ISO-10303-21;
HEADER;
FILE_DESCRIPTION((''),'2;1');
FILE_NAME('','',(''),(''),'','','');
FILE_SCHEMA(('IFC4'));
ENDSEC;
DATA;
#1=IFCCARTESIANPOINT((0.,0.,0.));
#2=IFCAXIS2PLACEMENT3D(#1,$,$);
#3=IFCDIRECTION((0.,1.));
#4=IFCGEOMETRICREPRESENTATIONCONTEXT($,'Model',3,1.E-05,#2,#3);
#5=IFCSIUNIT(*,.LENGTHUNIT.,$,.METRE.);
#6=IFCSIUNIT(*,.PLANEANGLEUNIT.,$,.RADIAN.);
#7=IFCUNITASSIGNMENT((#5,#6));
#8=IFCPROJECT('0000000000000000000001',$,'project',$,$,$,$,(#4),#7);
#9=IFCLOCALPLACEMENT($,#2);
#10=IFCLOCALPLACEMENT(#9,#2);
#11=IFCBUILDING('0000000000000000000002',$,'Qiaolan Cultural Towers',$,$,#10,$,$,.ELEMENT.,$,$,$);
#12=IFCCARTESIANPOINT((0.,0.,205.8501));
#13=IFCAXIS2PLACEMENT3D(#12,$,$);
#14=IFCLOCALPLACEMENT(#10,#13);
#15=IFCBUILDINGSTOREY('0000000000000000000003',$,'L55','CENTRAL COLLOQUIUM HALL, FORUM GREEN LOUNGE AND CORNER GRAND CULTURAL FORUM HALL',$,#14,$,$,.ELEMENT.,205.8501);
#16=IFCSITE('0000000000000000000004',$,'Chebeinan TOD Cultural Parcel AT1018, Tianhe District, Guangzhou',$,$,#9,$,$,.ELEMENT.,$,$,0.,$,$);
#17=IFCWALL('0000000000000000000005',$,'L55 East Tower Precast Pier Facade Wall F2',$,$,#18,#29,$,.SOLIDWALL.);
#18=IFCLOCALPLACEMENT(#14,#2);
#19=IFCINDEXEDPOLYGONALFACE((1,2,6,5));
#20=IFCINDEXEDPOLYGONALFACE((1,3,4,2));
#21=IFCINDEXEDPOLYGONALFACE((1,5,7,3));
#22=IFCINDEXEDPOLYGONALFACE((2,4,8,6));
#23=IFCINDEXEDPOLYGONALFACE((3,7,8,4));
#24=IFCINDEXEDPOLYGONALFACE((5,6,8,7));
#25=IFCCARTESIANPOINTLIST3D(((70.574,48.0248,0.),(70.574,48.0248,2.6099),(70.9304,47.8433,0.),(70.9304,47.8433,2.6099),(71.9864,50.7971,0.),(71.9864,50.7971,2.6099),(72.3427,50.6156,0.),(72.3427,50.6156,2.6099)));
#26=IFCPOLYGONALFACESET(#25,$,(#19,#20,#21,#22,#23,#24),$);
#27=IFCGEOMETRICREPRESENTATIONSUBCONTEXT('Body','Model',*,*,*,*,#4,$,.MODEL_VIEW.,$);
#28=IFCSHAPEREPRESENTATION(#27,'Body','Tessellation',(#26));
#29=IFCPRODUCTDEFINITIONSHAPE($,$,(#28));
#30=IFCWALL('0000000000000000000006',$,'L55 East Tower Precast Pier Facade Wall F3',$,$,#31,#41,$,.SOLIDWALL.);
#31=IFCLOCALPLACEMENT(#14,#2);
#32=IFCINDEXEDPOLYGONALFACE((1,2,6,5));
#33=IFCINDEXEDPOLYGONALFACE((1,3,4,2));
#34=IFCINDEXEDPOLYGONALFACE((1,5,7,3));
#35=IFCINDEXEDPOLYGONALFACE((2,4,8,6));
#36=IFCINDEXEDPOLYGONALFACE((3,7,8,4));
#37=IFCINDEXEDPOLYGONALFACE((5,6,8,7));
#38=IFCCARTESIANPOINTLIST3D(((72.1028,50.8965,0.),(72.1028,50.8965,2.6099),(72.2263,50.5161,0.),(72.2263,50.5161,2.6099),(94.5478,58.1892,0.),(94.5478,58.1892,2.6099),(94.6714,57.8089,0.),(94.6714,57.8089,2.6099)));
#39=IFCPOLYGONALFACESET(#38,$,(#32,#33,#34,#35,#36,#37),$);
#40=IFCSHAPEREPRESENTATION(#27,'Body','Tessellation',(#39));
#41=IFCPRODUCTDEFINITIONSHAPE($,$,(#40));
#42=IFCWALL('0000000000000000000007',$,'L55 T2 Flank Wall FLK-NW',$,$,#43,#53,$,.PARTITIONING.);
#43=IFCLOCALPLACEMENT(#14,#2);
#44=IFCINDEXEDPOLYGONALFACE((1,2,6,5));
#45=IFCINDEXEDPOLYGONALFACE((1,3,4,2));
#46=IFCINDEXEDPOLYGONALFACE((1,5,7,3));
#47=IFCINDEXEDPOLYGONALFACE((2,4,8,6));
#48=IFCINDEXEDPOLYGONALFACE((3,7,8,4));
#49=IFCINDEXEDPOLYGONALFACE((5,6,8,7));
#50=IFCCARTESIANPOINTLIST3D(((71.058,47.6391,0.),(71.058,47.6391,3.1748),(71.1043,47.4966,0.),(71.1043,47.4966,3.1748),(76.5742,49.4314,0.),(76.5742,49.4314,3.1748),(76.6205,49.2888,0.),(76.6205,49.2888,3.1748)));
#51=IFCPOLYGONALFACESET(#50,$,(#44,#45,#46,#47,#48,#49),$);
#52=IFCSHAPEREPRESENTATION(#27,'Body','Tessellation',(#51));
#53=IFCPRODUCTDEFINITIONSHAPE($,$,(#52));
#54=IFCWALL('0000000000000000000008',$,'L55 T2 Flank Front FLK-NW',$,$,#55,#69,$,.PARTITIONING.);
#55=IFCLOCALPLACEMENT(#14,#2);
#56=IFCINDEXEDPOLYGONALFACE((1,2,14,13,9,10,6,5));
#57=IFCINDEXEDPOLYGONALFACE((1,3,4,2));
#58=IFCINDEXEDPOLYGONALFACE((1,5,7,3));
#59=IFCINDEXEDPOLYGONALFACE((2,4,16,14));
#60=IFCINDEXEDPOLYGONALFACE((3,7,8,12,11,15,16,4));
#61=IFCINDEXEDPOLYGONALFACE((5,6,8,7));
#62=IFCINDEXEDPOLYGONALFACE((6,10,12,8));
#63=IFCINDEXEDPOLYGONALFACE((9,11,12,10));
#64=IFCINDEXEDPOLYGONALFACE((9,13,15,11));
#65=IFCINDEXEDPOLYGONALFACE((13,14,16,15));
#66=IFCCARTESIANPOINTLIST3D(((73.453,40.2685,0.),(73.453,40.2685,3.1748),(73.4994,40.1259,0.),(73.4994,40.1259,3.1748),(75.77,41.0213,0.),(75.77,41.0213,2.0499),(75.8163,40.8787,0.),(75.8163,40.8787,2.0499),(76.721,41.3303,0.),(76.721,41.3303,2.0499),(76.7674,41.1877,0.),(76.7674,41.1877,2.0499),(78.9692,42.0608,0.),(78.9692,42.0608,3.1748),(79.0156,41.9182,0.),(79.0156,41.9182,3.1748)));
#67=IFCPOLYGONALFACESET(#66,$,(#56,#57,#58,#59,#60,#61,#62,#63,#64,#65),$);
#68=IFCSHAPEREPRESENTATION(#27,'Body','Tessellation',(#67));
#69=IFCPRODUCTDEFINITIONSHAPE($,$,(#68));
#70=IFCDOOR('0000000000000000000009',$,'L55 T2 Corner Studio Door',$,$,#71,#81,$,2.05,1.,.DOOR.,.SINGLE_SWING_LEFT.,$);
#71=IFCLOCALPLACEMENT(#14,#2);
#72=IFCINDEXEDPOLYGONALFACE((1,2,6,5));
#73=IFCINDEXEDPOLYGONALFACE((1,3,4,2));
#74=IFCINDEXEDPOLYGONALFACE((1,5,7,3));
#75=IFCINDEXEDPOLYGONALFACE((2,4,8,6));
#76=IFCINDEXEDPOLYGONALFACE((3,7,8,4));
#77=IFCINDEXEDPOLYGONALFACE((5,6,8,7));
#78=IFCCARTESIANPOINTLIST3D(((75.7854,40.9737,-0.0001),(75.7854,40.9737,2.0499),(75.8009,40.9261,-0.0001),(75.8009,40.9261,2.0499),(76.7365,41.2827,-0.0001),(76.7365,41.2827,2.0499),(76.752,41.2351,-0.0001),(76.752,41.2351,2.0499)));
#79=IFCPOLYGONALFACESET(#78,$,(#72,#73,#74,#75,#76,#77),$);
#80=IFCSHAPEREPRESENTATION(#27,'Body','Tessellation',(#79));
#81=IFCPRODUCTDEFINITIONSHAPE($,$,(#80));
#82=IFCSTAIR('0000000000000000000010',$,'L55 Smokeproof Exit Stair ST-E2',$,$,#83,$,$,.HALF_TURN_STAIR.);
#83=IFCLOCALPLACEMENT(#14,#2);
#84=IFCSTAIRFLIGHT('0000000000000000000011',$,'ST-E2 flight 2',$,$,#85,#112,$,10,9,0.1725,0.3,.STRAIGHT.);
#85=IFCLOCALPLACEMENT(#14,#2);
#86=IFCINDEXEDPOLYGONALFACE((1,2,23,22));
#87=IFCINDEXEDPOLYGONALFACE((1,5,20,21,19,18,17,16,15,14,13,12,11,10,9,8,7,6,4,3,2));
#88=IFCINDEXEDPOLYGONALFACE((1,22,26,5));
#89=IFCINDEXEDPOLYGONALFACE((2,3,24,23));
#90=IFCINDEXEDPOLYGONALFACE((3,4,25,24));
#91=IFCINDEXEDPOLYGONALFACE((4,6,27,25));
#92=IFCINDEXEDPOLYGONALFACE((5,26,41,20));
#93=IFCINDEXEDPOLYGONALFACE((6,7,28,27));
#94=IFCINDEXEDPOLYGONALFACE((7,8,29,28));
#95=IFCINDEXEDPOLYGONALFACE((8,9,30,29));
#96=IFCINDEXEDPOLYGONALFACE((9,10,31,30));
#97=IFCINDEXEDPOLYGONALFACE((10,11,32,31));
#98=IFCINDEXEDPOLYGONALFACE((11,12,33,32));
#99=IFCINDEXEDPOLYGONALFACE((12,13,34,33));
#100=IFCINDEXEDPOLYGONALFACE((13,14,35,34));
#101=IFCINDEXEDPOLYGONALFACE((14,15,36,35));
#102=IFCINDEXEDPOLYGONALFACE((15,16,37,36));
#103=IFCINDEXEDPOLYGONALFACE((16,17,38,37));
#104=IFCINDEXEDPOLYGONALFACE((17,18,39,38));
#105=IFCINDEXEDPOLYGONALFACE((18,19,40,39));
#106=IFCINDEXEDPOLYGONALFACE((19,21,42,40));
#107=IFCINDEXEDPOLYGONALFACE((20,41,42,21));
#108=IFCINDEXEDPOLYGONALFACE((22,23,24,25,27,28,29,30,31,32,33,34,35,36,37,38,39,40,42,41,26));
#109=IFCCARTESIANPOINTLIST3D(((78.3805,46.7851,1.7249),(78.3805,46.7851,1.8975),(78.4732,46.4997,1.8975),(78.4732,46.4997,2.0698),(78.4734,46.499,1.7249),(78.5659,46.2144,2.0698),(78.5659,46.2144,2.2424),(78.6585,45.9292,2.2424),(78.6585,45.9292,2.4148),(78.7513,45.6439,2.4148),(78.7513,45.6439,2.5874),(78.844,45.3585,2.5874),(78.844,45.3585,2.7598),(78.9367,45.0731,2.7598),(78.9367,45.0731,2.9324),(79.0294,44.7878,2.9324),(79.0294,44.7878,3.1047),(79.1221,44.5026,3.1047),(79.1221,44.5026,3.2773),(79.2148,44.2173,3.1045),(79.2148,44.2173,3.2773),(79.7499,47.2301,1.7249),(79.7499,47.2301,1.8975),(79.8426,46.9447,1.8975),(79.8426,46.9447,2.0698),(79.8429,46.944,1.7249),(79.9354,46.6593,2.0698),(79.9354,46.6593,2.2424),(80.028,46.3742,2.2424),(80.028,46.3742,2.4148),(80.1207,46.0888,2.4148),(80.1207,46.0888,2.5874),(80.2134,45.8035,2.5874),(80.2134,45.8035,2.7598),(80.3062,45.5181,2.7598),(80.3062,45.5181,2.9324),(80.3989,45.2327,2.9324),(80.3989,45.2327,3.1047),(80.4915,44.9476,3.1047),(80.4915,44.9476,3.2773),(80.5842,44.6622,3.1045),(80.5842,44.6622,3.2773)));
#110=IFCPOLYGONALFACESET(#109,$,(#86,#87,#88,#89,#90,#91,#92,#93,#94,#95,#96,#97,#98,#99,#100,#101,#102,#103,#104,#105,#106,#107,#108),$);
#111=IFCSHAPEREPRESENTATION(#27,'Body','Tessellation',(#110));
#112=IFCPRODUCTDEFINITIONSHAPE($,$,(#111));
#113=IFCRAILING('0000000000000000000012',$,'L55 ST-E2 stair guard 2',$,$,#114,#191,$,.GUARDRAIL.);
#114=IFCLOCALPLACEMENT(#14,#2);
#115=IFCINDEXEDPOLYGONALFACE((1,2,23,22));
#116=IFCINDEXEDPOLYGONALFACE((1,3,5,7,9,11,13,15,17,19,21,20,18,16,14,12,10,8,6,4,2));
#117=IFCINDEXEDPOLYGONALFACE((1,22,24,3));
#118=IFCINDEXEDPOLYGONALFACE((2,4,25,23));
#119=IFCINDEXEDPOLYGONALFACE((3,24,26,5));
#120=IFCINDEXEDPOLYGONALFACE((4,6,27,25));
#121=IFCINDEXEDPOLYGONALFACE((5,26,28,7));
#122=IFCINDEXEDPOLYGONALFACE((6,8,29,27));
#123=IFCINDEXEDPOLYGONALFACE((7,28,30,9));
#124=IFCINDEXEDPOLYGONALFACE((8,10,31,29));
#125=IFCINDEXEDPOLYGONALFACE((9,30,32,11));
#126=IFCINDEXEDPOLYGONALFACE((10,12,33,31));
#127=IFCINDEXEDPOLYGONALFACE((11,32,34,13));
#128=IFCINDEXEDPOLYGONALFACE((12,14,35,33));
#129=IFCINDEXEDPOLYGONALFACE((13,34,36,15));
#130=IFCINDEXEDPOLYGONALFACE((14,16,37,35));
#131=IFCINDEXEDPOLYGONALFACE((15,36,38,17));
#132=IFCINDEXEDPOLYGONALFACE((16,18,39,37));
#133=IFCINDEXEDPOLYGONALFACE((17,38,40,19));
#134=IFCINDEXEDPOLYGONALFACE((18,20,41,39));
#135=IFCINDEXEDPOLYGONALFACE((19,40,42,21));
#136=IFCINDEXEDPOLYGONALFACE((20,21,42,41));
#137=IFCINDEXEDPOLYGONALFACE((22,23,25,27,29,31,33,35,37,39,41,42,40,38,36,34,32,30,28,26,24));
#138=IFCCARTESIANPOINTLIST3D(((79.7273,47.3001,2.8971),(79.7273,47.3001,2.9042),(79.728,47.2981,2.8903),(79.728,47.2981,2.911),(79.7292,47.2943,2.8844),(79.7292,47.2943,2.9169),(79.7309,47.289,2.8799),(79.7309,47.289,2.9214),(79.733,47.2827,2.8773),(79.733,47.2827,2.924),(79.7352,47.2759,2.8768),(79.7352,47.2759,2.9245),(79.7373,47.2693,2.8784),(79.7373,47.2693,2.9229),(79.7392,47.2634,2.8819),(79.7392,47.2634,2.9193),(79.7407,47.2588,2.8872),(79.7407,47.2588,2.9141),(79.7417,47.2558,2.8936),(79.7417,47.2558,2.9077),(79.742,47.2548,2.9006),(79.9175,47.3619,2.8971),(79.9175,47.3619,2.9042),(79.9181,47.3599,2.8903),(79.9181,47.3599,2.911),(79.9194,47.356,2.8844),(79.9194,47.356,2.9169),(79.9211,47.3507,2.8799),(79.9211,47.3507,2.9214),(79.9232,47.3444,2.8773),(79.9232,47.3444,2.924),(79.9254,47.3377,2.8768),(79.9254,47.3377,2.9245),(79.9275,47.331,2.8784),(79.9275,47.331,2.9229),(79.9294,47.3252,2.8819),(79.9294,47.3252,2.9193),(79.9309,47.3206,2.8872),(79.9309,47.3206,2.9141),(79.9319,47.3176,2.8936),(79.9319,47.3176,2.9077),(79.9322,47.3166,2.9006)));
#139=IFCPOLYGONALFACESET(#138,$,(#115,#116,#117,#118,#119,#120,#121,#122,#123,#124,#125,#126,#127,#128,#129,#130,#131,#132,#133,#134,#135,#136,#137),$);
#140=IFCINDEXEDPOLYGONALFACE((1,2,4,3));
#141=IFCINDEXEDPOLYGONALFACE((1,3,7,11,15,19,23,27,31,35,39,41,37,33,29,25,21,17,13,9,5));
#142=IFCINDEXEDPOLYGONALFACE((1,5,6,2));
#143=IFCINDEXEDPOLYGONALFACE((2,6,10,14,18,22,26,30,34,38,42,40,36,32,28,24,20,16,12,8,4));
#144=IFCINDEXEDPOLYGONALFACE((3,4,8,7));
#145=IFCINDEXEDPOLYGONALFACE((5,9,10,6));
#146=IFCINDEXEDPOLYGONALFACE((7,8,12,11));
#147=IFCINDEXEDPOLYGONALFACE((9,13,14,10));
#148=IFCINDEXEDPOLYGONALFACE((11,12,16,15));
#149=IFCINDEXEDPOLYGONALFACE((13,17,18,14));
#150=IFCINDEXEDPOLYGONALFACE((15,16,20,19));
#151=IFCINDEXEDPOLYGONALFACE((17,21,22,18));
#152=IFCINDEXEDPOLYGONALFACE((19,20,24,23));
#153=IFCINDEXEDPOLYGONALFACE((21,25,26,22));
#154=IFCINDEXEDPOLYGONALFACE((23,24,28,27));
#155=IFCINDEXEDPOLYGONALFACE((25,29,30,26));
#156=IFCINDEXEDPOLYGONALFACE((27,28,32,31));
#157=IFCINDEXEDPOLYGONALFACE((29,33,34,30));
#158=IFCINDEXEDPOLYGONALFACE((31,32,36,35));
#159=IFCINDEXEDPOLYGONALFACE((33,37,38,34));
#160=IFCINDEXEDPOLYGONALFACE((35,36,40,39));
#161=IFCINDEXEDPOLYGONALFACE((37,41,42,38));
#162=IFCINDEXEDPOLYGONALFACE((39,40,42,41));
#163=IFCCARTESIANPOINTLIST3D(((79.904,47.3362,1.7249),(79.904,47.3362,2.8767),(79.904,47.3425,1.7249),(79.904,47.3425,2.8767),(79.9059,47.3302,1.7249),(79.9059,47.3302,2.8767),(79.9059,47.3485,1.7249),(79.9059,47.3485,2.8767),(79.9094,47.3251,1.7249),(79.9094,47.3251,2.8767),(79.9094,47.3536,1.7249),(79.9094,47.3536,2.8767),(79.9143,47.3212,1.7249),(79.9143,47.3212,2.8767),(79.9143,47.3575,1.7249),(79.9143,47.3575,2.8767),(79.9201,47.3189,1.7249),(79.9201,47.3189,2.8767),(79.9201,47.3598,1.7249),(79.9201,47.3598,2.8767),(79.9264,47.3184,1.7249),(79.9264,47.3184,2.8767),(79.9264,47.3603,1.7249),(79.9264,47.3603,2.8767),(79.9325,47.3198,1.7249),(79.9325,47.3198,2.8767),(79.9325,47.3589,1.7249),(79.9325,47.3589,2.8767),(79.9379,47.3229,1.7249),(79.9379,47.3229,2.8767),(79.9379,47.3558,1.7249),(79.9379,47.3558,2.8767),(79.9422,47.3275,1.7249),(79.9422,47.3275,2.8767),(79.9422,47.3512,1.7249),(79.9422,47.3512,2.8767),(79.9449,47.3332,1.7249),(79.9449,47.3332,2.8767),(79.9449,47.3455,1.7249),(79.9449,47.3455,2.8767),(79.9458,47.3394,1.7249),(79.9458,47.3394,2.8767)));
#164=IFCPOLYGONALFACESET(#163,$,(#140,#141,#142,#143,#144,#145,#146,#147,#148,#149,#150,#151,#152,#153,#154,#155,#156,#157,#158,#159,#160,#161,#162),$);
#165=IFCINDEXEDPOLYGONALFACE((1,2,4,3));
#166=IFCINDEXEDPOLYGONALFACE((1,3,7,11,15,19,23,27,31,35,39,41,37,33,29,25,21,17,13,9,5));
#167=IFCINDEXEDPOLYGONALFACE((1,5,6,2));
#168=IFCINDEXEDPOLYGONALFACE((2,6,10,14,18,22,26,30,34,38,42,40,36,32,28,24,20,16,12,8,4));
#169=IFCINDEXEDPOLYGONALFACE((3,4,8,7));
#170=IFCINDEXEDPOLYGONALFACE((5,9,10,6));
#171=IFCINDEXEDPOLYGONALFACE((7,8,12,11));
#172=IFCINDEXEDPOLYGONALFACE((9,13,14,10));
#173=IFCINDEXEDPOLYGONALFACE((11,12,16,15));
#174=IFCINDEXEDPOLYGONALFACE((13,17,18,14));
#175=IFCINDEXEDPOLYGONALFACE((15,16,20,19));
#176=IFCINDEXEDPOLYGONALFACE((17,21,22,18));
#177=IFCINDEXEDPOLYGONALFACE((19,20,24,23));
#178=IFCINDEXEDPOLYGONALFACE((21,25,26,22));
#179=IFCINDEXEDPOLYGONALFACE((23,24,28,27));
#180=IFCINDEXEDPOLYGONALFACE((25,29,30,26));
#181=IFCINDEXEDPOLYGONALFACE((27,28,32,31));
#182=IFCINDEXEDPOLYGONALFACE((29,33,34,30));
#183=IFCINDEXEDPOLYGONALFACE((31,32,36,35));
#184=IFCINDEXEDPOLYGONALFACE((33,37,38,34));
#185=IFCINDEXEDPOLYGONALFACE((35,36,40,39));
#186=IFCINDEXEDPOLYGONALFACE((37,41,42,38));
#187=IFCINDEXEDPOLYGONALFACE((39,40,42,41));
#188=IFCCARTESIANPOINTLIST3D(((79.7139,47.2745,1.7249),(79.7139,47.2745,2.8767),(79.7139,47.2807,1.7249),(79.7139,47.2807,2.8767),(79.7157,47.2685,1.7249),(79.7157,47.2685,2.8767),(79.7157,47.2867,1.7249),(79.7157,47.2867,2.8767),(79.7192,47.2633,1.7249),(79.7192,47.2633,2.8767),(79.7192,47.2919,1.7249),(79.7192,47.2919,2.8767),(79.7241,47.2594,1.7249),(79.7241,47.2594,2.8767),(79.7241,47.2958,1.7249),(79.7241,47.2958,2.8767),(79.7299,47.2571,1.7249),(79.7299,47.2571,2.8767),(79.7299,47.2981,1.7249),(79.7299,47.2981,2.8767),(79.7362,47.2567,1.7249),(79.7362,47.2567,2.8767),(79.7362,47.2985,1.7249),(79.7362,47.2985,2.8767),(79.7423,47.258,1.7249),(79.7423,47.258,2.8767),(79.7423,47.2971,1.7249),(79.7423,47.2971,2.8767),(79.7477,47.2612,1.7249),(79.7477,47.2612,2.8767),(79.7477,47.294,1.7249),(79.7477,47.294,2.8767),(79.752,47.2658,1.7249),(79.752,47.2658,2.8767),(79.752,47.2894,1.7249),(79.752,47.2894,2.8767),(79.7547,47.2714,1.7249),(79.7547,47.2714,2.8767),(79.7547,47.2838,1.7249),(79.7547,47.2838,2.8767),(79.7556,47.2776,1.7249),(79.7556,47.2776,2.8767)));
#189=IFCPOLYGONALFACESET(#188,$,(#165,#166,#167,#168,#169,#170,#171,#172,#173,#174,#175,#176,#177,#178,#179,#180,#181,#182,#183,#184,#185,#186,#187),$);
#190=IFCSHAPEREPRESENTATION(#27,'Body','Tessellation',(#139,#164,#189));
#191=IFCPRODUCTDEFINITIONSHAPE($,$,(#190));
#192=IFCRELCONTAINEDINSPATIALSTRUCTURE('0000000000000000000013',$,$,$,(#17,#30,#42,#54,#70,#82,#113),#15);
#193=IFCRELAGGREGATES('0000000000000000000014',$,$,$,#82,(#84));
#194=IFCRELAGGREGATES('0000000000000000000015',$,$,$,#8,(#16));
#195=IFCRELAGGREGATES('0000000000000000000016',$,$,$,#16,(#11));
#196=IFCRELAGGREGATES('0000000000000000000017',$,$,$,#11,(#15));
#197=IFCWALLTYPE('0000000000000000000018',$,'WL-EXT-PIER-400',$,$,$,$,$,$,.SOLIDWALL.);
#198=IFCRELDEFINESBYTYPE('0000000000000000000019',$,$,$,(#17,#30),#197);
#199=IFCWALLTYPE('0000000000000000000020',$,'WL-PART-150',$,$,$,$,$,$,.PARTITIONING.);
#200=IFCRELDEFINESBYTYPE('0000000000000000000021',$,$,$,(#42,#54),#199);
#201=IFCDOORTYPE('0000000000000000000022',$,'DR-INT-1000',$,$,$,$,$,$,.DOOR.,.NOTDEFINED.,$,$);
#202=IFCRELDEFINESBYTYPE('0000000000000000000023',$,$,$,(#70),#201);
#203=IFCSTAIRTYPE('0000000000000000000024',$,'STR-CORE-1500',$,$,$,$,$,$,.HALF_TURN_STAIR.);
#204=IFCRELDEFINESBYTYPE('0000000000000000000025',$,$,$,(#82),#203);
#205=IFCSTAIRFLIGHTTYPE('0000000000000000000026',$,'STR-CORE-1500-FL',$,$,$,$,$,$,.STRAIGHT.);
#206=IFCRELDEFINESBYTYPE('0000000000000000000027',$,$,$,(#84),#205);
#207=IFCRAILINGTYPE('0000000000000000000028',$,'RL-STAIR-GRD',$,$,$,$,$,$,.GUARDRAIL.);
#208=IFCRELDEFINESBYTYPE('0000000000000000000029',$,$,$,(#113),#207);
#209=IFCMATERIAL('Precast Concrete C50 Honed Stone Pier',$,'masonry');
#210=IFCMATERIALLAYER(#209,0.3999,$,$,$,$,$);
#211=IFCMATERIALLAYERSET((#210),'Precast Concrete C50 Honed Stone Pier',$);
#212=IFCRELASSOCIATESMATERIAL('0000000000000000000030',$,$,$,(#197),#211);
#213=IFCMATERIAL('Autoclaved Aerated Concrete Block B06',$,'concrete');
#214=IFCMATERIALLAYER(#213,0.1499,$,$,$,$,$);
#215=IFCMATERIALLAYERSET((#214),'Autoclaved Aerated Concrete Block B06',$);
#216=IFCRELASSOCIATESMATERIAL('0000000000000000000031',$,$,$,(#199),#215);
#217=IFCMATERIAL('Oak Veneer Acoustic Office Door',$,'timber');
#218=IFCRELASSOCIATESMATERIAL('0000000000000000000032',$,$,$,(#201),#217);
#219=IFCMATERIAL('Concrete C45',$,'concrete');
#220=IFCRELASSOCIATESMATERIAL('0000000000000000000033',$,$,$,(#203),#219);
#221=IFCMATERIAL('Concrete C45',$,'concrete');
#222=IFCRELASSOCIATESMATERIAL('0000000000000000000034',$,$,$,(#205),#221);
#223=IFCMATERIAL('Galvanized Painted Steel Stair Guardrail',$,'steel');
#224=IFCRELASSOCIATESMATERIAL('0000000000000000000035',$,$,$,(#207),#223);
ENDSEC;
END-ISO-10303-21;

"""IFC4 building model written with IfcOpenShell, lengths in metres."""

from ifc_helpers import new_model, si_unit, direction, frame, frame_2d, origin, origin_2d, place, context, subcontext, project, spatial, polyline, rectangle, circle, outline, extrude, material, layer, layer_set, type_object, element, fill, aggregate, save


model = new_model("IFC4")

# Units and contexts
model_context = context("Model", 3, precision=1e-05, world=origin(), true_north=direction((0.0, 1.0)))
body_context = subcontext(model_context, "Body", "Model", "MODEL_VIEW")
ifc_project = project(units=[si_unit("LENGTHUNIT", "METRE"), si_unit("PLANEANGLEUNIT", "RADIAN")], contexts=[model_context])

# Site, building, storey
site_placement = place(None, origin())
site = spatial("IfcSite", under=ifc_project, at=site_placement, Name="Chebeinan TOD Cultural Parcel AT1018, Tianhe District, Guangzhou", CompositionType="ELEMENT", RefElevation=0.0)
building_placement = place(site_placement, origin())
building = spatial("IfcBuilding", under=site, at=building_placement, Name="Qiaolan Cultural Towers", CompositionType="ELEMENT")
storey_placement = place(building_placement, frame((0.0, 0.0, 205.8501)))
storey = spatial("IfcBuildingStorey", under=building, at=storey_placement, Name="L55", Description="CENTRAL COLLOQUIUM HALL, FORUM GREEN LOUNGE AND CORNER GRAND CULTURAL FORUM HALL", CompositionType="ELEMENT", Elevation=205.8501)

# Walls
ifc_material_1 = material(Name="Precast Concrete C50 Honed Stone Pier", Category="masonry")
ifc_layer_1 = layer(ifc_material_1, 0.3999)
ifc_layer_set_1 = layer_set([ifc_layer_1], Name="Precast Concrete C50 Honed Stone Pier")
wall_type_1 = type_object("IfcWallType", Name="WL-EXT-PIER-400", PredefinedType="SOLIDWALL", material=ifc_layer_set_1)
wall_1_placement = place(storey_placement, frame((70.7522, 47.9341, 0.0), z_axis=(0.0, 0.0, 1.0), x_axis=(0.453949, 0.891028, 0.0)))
element("IfcWall", 1, at=wall_1_placement, inside=storey, type_object=wall_type_1, Name="L55 East Tower Precast Pier Facade Wall F2", PredefinedType="SOLIDWALL", context=body_context, shape_type="SweptSolid", body=[
    extrude(rectangle(XDim=3.1113, YDim=0.3999, at=frame_2d((1.5557, 0.0))), origin(), (0.0, 0.0, 1.0), 2.6099),
])
wall_2_placement = place(storey_placement, frame((72.1646, 50.7063, 0.0), z_axis=(0.0, 0.0, 1.0), x_axis=(0.951058, 0.309012, 0.0)))
element("IfcWall", 2, at=wall_2_placement, inside=storey, type_object=wall_type_1, Name="L55 East Tower Precast Pier Facade Wall F3", PredefinedType="SOLIDWALL", context=body_context, shape_type="SweptSolid", body=[
    extrude(rectangle(XDim=23.6001, YDim=0.3999, at=frame_2d((11.8, 0.0))), origin(), (0.0, 0.0, 1.0), 2.6099),
])
ifc_material_2 = material(Name="Autoclaved Aerated Concrete Block B06", Category="concrete")
ifc_layer_2 = layer(ifc_material_2, 0.1499)
ifc_layer_set_2 = layer_set([ifc_layer_2], Name="Autoclaved Aerated Concrete Block B06")
wall_type_2 = type_object("IfcWallType", Name="WL-PART-150", PredefinedType="PARTITIONING", material=ifc_layer_set_2)
wall_3_placement = place(storey_placement, frame((71.0813, 47.5679, 0.0), z_axis=(0.0, 0.0, 1.0), x_axis=(0.951059, 0.309008, 0.0)))
element("IfcWall", 3, at=wall_3_placement, inside=storey, type_object=wall_type_2, Name="L55 T2 Flank Wall FLK-NW", PredefinedType="PARTITIONING", context=body_context, shape_type="SweptSolid", body=[
    extrude(rectangle(XDim=5.8, YDim=0.1499, at=frame_2d((2.8999, 0.0))), origin(), (0.0, 0.0, 1.0), 3.1748),
])

# Wall, opening, door
wall_4_placement = place(storey_placement, frame((73.4763, 40.1973, 0.0), z_axis=(0.0, 0.0, 1.0), x_axis=(0.951059, 0.309008, 0.0)))
wall_4 = element("IfcWall", 4, at=wall_4_placement, inside=storey, type_object=wall_type_2, Name="L55 T2 Flank Front FLK-NW", PredefinedType="PARTITIONING", context=body_context, shape_type="SweptSolid", body=[
    extrude(rectangle(XDim=5.8, YDim=0.1499, at=frame_2d((2.8999, 0.0))), origin(), (0.0, 0.0, 1.0), 3.1748),
])
opening_placement = place(wall_4_placement, frame((2.436, 0.0, 0.0)))
opening = element("IfcOpeningElement", 5, at=opening_placement, cuts=wall_4, PredefinedType="OPENING", context=body_context, shape_type="SweptSolid", body=[
    extrude(rectangle(XDim=1.0, YDim=2.05, at=frame_2d((0.5, 1.0249))), frame((0.0, 0.085, 0.0), z_axis=(0.0, -1.0, 0.0), x_axis=(1.0, 0.0, 0.0)), (0.0, 0.0, 1.0), 0.1699),
])
ifc_material_3 = material(Name="Oak Veneer Acoustic Office Door", Category="timber")
door_type = type_object("IfcDoorType", Name="DR-INT-1000", OperationType="NOTDEFINED", PredefinedType="DOOR", material=ifc_material_3)
door_placement = place(opening_placement, origin())
door = element("IfcDoor", 6, at=door_placement, inside=storey, type_object=door_type, Name="L55 T2 Corner Studio Door", OperationType="SINGLE_SWING_LEFT", OverallHeight=2.05, OverallWidth=1.0, PredefinedType="DOOR", context=body_context, shape_type="SweptSolid", body=[
    extrude(rectangle(XDim=1.0, YDim=2.05, at=frame_2d((0.5, 1.0249))), frame((0.0, 0.0249, 0.0), z_axis=(0.0, -1.0, 0.0), x_axis=(1.0, 0.0, 0.0)), (0.0, 0.0, 1.0), 0.05),
])
fill(opening, door)

# Stair, stair flight
ifc_material_4 = material(Name="Concrete C45", Category="concrete")
stair_type = type_object("IfcStairType", Name="STR-CORE-1500", PredefinedType="HALF_TURN_STAIR", material=ifc_material_4)
stair_placement = place(storey_placement, origin())
stair = element("IfcStair", 7, at=stair_placement, inside=storey, type_object=stair_type, Name="L55 Smokeproof Exit Stair ST-E2", PredefinedType="HALF_TURN_STAIR")
ifc_material_5 = material(Name="Concrete C45", Category="concrete")
stair_flight_type = type_object("IfcStairFlightType", Name="STR-CORE-1500-FL", PredefinedType="STRAIGHT", material=ifc_material_5)
stair_flight_placement = place(storey_placement, frame((79.0652, 47.0076, 1.7249), z_axis=(0.0, 0.0, 1.0), x_axis=(0.309017, -0.951057, 0.0)))
stair_flight = element("IfcStairFlight", 8, at=stair_flight_placement, type_object=stair_flight_type, Name="ST-E2 flight 2", NumberOfRisers=10, NumberOfTreads=9, PredefinedType="STRAIGHT", RiserHeight=0.1725, TreadLength=0.3, context=body_context, shape_type="SweptSolid", body=[
    extrude(outline(polyline([(0.0, 0.0), (0.0, 0.1726), (0.3, 0.1726), (0.3, 0.345), (0.6001, 0.345), (0.6001, 0.5176), (0.8999, 0.5176), (0.8999, 0.6899), (1.2, 0.6899), (1.2, 0.8625), (1.5, 0.8625), (1.5, 1.0349), (1.8, 1.0349), (1.8, 1.2075), (2.1001, 1.2075), (2.1001, 1.3799), (2.3999, 1.3799), (2.3999, 1.5525), (2.7, 1.5525), (2.7, 1.7251), (2.7, 1.3796), (0.3008, 0.0), (0.0, 0.0)])), frame((0.0, 0.72, 0.0), z_axis=(0.0, -1.0, 0.0), x_axis=(1.0, 0.0, 0.0)), (0.0, 0.0, 1.0), 1.4399),
])
aggregate(stair, [stair_flight])

# Railing
ifc_material_6 = material(Name="Galvanized Painted Steel Stair Guardrail", Category="steel")
railing_type_1 = type_object("IfcRailingType", Name="RL-STAIR-GRD", PredefinedType="GUARDRAIL", material=ifc_material_6)
railing_1_placement = place(storey_placement, frame((79.9248, 47.3394, 1.7249)))
element("IfcRailing", 9, at=railing_1_placement, inside=storey, type_object=railing_type_1, Name="L55 ST-E2 stair guard 2", PredefinedType="GUARDRAIL", context=body_context, shape_type="SweptSolid", body=[
    extrude(circle(Radius=0.0239, at=origin_2d()), frame((0.0, 0.0, 1.1758), z_axis=(-0.951097, -0.308893, 0.0), x_axis=(0.308893, -0.951097, 0.0)), (0.0, 0.0, 1.0), 0.2),
    extrude(circle(Radius=0.021, at=origin_2d()), origin(), (0.0, 0.0, 1.0), 1.1519),
    extrude(circle(Radius=0.021, at=origin_2d()), frame((-0.1902, -0.0618, 0.0)), (0.0, 0.0, 1.0), 1.1519),
])

save(model, "model.ifc")
